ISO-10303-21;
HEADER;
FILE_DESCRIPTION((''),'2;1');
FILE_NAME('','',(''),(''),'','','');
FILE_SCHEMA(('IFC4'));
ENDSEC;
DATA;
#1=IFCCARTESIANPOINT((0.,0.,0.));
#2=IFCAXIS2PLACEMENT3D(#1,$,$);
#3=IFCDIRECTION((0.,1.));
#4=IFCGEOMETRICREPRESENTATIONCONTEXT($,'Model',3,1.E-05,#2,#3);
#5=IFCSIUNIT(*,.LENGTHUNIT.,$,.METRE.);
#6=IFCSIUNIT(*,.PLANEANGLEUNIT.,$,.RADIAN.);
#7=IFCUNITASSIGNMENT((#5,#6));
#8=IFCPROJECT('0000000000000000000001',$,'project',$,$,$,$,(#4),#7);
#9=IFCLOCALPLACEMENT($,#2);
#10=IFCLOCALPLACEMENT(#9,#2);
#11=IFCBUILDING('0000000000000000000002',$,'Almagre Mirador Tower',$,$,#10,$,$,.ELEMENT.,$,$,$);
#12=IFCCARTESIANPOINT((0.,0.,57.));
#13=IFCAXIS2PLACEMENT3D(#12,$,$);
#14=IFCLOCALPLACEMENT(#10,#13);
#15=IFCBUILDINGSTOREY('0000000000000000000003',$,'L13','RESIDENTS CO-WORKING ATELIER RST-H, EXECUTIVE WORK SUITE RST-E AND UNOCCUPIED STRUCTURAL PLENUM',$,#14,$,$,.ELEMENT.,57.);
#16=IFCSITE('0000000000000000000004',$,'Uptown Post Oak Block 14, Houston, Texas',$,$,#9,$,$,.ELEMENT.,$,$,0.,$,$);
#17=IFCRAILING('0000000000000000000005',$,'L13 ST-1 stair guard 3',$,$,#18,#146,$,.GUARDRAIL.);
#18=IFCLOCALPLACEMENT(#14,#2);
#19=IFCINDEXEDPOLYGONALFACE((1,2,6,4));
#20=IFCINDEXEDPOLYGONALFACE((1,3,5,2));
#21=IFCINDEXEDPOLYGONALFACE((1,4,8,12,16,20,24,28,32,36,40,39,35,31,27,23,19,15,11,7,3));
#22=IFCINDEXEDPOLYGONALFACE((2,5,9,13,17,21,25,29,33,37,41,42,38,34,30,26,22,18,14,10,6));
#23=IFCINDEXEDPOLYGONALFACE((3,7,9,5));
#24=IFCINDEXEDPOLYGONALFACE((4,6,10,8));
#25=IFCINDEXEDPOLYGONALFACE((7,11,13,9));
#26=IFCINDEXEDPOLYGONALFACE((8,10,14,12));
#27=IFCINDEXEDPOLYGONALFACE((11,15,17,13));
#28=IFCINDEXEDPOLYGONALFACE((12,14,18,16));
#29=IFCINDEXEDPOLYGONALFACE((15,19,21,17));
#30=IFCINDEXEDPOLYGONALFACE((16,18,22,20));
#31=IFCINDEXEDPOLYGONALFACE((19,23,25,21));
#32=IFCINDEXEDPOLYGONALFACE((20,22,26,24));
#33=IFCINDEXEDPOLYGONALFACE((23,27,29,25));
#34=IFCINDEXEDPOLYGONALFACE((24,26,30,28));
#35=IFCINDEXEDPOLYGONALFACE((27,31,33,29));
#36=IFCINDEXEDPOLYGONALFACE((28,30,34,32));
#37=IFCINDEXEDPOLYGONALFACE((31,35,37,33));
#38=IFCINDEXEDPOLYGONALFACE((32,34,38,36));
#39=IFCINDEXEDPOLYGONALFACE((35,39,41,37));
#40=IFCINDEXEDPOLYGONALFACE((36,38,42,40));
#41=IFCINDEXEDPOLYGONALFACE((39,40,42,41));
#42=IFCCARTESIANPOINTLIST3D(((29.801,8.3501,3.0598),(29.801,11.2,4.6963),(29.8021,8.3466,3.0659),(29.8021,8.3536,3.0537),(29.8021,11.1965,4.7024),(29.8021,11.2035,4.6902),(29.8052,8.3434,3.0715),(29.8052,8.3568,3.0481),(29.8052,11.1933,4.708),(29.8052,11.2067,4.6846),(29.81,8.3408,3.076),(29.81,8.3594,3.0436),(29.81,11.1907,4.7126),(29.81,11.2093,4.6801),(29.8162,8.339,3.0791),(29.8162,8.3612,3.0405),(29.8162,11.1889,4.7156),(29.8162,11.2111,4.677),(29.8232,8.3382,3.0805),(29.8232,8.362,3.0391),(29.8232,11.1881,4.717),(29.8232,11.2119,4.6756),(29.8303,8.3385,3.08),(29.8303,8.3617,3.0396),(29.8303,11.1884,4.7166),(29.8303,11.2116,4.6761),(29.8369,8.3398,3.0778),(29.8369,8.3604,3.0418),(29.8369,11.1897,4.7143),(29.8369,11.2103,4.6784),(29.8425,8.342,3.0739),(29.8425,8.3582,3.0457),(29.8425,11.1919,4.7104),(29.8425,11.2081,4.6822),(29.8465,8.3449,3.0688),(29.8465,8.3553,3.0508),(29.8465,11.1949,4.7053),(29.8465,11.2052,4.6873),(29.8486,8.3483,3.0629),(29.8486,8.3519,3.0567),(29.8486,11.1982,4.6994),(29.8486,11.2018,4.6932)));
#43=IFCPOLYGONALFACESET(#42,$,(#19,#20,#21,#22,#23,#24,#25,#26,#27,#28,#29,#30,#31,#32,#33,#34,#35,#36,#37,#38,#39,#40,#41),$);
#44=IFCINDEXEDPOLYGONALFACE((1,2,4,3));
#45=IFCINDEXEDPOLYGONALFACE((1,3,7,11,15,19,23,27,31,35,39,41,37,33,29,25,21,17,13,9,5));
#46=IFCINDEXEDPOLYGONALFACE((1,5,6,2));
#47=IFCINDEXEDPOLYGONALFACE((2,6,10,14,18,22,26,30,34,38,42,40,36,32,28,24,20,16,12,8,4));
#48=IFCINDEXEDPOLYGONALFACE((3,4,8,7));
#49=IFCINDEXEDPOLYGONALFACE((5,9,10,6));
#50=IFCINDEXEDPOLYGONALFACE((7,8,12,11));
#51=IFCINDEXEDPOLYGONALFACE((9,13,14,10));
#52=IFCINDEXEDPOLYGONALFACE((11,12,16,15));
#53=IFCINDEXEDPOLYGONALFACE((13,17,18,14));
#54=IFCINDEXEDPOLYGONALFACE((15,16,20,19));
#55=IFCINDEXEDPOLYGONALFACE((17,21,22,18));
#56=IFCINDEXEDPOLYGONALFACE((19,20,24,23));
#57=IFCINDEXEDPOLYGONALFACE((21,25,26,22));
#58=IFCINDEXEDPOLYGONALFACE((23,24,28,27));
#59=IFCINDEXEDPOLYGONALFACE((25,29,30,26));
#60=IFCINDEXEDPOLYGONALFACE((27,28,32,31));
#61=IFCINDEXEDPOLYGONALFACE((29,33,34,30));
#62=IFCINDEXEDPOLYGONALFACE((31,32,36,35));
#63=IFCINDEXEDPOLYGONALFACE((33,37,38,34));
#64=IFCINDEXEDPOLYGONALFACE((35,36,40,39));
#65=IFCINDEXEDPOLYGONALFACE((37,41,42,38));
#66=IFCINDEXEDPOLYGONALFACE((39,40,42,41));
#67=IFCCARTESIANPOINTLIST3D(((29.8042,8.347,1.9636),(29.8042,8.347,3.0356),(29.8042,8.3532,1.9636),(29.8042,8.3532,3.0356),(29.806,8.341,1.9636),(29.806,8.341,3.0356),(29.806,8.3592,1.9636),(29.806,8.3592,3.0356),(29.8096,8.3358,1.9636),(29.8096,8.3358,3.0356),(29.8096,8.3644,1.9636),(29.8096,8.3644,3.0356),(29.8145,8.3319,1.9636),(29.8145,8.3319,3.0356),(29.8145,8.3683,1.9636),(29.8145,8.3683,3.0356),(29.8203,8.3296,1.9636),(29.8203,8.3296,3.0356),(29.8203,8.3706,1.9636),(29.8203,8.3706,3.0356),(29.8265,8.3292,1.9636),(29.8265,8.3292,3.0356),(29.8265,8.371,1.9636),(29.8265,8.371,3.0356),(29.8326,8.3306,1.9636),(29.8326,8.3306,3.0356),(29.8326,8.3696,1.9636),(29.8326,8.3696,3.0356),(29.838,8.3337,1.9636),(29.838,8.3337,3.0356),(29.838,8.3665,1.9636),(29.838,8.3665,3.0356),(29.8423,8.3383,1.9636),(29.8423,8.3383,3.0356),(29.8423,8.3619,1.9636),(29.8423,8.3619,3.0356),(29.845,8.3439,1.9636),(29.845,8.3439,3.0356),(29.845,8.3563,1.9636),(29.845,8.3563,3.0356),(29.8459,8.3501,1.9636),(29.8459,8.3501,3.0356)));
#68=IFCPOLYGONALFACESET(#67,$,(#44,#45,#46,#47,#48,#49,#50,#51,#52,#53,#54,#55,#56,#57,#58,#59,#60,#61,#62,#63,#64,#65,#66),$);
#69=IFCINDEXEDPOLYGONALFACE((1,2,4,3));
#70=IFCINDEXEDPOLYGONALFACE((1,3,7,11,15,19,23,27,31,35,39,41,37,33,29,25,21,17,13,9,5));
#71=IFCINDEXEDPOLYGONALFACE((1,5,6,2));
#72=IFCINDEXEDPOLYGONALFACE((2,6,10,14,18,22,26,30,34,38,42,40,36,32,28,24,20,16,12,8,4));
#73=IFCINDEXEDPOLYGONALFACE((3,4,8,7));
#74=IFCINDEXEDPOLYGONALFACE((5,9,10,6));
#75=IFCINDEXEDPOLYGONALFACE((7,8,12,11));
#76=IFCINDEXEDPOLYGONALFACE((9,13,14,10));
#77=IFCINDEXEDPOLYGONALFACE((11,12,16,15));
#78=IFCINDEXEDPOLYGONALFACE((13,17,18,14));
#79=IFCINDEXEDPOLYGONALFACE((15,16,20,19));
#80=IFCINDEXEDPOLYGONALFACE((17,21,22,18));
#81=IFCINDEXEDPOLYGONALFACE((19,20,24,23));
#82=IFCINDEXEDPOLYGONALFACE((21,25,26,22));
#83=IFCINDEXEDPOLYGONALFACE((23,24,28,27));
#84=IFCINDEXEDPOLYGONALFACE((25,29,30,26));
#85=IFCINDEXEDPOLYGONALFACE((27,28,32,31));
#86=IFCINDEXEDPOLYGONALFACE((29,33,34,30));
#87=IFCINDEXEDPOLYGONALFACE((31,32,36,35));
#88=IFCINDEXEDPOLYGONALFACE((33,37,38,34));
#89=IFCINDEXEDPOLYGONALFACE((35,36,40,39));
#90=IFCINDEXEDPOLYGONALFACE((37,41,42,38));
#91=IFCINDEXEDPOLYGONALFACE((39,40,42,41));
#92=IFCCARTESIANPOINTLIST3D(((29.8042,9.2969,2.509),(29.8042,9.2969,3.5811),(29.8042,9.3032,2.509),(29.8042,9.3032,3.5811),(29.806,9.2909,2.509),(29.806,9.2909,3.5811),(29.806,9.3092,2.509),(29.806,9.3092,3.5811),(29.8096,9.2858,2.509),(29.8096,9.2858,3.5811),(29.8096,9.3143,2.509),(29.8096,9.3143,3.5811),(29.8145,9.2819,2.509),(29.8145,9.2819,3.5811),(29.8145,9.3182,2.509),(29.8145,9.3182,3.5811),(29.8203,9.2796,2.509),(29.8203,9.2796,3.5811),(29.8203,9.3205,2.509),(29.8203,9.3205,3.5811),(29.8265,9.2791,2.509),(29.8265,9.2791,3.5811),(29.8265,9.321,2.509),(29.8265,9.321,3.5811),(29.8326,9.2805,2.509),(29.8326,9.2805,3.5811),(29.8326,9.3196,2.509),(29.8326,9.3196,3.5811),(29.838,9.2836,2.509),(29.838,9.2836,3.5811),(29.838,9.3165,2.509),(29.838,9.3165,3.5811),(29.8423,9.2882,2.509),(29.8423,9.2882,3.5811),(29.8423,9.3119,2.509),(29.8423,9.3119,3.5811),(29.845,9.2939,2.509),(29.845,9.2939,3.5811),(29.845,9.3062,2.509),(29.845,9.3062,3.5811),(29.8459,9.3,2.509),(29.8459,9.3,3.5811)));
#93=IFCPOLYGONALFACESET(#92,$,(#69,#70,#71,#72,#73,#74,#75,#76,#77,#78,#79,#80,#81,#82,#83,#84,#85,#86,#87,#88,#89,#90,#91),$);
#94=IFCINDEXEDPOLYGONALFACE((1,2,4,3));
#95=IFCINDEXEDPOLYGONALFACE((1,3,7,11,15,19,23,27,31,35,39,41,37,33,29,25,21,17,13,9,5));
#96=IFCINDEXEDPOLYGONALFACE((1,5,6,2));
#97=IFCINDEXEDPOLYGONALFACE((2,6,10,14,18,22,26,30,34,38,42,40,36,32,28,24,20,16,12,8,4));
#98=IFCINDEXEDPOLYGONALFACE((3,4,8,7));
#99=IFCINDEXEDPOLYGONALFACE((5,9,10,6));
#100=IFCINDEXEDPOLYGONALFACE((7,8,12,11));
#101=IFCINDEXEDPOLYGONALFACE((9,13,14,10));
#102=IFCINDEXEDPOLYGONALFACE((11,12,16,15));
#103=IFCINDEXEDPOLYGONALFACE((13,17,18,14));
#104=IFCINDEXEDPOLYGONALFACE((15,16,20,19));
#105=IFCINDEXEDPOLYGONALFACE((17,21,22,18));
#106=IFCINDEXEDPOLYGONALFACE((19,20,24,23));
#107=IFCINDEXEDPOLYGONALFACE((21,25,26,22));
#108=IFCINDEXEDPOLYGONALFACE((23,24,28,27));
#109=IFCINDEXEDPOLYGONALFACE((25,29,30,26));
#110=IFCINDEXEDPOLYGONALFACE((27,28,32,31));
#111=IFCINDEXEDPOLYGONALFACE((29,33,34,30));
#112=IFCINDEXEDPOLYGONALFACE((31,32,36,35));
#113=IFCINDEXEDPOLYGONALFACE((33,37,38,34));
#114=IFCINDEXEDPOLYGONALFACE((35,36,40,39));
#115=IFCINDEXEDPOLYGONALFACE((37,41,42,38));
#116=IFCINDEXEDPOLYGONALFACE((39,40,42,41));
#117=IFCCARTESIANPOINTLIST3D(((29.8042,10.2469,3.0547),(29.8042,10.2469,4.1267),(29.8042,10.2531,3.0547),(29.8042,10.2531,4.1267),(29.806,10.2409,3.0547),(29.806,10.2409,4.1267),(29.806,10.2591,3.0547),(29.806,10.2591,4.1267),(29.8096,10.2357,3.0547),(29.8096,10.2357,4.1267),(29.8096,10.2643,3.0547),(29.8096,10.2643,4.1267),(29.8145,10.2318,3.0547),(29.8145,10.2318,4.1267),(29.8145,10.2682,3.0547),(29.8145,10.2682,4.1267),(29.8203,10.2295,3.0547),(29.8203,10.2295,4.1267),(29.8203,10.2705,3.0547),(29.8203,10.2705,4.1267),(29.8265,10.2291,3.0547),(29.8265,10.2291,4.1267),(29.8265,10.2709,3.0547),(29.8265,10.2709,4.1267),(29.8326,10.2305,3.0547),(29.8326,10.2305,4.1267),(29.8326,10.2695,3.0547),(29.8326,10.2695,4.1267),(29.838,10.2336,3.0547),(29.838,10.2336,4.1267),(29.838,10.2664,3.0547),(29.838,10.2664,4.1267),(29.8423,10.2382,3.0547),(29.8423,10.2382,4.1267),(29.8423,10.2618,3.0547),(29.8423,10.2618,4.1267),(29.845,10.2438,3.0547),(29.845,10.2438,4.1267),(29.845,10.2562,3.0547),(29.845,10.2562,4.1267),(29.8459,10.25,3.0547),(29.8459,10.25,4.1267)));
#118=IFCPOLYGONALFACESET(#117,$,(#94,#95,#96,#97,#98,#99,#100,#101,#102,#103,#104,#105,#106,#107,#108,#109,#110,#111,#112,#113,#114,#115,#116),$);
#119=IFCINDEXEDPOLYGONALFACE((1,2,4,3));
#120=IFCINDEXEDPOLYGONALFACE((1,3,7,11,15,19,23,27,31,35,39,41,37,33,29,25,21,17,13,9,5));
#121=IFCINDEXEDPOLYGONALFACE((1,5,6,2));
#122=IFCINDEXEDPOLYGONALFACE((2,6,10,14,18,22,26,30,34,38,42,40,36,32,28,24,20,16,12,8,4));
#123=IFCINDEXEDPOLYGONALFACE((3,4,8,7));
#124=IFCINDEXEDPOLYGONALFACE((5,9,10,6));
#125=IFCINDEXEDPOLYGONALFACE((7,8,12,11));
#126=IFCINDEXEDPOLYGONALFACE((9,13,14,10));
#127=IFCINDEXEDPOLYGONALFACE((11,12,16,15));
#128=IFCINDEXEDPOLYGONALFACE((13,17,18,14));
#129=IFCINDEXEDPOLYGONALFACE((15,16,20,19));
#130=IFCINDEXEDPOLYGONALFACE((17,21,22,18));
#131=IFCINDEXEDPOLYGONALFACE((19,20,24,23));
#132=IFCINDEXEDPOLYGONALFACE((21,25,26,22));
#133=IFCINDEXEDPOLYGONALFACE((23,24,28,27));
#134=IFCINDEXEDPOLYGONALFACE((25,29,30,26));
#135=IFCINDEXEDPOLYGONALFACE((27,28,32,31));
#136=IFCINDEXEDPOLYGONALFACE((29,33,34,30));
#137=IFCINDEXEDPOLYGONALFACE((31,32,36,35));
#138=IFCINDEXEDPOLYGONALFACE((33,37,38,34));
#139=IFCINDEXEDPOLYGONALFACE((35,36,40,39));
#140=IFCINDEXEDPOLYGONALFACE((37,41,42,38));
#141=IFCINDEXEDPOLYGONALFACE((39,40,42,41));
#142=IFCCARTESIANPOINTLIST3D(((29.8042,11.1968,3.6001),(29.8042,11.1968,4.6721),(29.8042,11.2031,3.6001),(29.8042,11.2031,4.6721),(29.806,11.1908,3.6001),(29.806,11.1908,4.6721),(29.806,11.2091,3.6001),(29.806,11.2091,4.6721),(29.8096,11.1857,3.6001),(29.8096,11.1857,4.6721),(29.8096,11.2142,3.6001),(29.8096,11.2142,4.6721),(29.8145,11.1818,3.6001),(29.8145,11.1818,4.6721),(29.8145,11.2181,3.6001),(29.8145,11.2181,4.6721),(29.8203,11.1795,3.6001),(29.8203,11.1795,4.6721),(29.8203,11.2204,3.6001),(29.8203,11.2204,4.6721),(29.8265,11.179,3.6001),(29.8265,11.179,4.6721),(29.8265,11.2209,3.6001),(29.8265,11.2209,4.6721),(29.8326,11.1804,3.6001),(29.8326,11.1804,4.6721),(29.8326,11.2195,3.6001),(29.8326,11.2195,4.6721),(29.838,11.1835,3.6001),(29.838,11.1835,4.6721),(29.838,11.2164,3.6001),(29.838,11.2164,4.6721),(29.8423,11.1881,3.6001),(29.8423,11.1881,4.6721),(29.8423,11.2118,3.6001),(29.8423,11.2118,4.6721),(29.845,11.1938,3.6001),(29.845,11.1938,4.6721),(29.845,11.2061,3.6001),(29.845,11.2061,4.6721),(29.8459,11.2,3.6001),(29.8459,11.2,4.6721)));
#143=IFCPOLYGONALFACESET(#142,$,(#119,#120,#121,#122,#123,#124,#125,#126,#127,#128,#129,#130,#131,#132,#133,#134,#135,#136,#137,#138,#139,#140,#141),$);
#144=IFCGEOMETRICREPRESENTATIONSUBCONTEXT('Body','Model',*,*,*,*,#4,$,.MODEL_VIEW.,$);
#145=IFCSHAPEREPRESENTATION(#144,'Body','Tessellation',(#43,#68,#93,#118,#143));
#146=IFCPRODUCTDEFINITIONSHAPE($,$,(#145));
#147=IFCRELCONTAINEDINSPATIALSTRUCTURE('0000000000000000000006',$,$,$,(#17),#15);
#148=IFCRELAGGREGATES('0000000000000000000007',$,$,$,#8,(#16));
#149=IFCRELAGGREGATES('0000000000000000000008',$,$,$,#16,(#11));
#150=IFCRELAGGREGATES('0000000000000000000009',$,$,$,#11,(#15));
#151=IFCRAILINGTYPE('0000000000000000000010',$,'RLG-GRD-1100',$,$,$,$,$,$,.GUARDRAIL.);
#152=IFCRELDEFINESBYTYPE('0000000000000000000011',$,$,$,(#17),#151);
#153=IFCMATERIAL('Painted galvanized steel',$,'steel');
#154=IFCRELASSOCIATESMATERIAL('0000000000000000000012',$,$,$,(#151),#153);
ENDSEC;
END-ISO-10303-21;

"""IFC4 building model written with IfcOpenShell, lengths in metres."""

from ifc_helpers import new_model, si_unit, direction, frame, origin, origin_2d, place, context, subcontext, project, spatial, circle, extrude, material, type_object, element, save


model = new_model("IFC4")

# Units and contexts
model_context = context("Model", 3, precision=1e-05, world=origin(), true_north=direction((0.0, 1.0)))
body_context = subcontext(model_context, "Body", "Model", "MODEL_VIEW")
ifc_project = project(units=[si_unit("LENGTHUNIT", "METRE"), si_unit("PLANEANGLEUNIT", "RADIAN")], contexts=[model_context])

# Site, building, storey
site_placement = place(None, origin())
site = spatial("IfcSite", under=ifc_project, at=site_placement, Name="Uptown Post Oak Block 14, Houston, Texas", CompositionType="ELEMENT", RefElevation=0.0)
building_placement = place(site_placement, origin())
building = spatial("IfcBuilding", under=site, at=building_placement, Name="Almagre Mirador Tower", CompositionType="ELEMENT")
storey_placement = place(building_placement, frame((0.0, 0.0, 57.0)))
storey = spatial("IfcBuildingStorey", under=building, at=storey_placement, Name="L13", Description="RESIDENTS CO-WORKING ATELIER RST-H, EXECUTIVE WORK SUITE RST-E AND UNOCCUPIED STRUCTURAL PLENUM", CompositionType="ELEMENT", Elevation=57.0)

# Railing
ifc_material_1 = material(Name="Painted galvanized steel", Category="steel")
railing_type_1 = type_object("IfcRailingType", Name="RLG-GRD-1100", PredefinedType="GUARDRAIL", material=ifc_material_1)
railing_1_placement = place(storey_placement, frame((29.825, 8.3501, 1.9636)))
element("IfcRailing", 1, at=railing_1_placement, inside=storey, type_object=railing_type_1, Name="L13 ST-1 stair guard 3", PredefinedType="GUARDRAIL", context=body_context, shape_type="SweptSolid", body=[
    extrude(circle(Radius=0.0239, at=origin_2d()), frame((0.0, 0.0, 1.0962), z_axis=(0.0, 0.867194, 0.49797), x_axis=(-1.0, 0.0, 0.0)), (0.0, 0.0, 1.0), 3.2864),
    extrude(circle(Radius=0.021, at=origin_2d()), origin(), (0.0, 0.0, 1.0), 1.072),
    extrude(circle(Radius=0.021, at=origin_2d()), frame((0.0, 0.95, 0.5454)), (0.0, 0.0, 1.0), 1.072),
    extrude(circle(Radius=0.021, at=origin_2d()), frame((0.0, 1.8999, 1.0911)), (0.0, 0.0, 1.0), 1.072),
    extrude(circle(Radius=0.021, at=origin_2d()), frame((0.0, 2.8499, 1.6365)), (0.0, 0.0, 1.0), 1.072),
])

save(model, "model.ifc")
